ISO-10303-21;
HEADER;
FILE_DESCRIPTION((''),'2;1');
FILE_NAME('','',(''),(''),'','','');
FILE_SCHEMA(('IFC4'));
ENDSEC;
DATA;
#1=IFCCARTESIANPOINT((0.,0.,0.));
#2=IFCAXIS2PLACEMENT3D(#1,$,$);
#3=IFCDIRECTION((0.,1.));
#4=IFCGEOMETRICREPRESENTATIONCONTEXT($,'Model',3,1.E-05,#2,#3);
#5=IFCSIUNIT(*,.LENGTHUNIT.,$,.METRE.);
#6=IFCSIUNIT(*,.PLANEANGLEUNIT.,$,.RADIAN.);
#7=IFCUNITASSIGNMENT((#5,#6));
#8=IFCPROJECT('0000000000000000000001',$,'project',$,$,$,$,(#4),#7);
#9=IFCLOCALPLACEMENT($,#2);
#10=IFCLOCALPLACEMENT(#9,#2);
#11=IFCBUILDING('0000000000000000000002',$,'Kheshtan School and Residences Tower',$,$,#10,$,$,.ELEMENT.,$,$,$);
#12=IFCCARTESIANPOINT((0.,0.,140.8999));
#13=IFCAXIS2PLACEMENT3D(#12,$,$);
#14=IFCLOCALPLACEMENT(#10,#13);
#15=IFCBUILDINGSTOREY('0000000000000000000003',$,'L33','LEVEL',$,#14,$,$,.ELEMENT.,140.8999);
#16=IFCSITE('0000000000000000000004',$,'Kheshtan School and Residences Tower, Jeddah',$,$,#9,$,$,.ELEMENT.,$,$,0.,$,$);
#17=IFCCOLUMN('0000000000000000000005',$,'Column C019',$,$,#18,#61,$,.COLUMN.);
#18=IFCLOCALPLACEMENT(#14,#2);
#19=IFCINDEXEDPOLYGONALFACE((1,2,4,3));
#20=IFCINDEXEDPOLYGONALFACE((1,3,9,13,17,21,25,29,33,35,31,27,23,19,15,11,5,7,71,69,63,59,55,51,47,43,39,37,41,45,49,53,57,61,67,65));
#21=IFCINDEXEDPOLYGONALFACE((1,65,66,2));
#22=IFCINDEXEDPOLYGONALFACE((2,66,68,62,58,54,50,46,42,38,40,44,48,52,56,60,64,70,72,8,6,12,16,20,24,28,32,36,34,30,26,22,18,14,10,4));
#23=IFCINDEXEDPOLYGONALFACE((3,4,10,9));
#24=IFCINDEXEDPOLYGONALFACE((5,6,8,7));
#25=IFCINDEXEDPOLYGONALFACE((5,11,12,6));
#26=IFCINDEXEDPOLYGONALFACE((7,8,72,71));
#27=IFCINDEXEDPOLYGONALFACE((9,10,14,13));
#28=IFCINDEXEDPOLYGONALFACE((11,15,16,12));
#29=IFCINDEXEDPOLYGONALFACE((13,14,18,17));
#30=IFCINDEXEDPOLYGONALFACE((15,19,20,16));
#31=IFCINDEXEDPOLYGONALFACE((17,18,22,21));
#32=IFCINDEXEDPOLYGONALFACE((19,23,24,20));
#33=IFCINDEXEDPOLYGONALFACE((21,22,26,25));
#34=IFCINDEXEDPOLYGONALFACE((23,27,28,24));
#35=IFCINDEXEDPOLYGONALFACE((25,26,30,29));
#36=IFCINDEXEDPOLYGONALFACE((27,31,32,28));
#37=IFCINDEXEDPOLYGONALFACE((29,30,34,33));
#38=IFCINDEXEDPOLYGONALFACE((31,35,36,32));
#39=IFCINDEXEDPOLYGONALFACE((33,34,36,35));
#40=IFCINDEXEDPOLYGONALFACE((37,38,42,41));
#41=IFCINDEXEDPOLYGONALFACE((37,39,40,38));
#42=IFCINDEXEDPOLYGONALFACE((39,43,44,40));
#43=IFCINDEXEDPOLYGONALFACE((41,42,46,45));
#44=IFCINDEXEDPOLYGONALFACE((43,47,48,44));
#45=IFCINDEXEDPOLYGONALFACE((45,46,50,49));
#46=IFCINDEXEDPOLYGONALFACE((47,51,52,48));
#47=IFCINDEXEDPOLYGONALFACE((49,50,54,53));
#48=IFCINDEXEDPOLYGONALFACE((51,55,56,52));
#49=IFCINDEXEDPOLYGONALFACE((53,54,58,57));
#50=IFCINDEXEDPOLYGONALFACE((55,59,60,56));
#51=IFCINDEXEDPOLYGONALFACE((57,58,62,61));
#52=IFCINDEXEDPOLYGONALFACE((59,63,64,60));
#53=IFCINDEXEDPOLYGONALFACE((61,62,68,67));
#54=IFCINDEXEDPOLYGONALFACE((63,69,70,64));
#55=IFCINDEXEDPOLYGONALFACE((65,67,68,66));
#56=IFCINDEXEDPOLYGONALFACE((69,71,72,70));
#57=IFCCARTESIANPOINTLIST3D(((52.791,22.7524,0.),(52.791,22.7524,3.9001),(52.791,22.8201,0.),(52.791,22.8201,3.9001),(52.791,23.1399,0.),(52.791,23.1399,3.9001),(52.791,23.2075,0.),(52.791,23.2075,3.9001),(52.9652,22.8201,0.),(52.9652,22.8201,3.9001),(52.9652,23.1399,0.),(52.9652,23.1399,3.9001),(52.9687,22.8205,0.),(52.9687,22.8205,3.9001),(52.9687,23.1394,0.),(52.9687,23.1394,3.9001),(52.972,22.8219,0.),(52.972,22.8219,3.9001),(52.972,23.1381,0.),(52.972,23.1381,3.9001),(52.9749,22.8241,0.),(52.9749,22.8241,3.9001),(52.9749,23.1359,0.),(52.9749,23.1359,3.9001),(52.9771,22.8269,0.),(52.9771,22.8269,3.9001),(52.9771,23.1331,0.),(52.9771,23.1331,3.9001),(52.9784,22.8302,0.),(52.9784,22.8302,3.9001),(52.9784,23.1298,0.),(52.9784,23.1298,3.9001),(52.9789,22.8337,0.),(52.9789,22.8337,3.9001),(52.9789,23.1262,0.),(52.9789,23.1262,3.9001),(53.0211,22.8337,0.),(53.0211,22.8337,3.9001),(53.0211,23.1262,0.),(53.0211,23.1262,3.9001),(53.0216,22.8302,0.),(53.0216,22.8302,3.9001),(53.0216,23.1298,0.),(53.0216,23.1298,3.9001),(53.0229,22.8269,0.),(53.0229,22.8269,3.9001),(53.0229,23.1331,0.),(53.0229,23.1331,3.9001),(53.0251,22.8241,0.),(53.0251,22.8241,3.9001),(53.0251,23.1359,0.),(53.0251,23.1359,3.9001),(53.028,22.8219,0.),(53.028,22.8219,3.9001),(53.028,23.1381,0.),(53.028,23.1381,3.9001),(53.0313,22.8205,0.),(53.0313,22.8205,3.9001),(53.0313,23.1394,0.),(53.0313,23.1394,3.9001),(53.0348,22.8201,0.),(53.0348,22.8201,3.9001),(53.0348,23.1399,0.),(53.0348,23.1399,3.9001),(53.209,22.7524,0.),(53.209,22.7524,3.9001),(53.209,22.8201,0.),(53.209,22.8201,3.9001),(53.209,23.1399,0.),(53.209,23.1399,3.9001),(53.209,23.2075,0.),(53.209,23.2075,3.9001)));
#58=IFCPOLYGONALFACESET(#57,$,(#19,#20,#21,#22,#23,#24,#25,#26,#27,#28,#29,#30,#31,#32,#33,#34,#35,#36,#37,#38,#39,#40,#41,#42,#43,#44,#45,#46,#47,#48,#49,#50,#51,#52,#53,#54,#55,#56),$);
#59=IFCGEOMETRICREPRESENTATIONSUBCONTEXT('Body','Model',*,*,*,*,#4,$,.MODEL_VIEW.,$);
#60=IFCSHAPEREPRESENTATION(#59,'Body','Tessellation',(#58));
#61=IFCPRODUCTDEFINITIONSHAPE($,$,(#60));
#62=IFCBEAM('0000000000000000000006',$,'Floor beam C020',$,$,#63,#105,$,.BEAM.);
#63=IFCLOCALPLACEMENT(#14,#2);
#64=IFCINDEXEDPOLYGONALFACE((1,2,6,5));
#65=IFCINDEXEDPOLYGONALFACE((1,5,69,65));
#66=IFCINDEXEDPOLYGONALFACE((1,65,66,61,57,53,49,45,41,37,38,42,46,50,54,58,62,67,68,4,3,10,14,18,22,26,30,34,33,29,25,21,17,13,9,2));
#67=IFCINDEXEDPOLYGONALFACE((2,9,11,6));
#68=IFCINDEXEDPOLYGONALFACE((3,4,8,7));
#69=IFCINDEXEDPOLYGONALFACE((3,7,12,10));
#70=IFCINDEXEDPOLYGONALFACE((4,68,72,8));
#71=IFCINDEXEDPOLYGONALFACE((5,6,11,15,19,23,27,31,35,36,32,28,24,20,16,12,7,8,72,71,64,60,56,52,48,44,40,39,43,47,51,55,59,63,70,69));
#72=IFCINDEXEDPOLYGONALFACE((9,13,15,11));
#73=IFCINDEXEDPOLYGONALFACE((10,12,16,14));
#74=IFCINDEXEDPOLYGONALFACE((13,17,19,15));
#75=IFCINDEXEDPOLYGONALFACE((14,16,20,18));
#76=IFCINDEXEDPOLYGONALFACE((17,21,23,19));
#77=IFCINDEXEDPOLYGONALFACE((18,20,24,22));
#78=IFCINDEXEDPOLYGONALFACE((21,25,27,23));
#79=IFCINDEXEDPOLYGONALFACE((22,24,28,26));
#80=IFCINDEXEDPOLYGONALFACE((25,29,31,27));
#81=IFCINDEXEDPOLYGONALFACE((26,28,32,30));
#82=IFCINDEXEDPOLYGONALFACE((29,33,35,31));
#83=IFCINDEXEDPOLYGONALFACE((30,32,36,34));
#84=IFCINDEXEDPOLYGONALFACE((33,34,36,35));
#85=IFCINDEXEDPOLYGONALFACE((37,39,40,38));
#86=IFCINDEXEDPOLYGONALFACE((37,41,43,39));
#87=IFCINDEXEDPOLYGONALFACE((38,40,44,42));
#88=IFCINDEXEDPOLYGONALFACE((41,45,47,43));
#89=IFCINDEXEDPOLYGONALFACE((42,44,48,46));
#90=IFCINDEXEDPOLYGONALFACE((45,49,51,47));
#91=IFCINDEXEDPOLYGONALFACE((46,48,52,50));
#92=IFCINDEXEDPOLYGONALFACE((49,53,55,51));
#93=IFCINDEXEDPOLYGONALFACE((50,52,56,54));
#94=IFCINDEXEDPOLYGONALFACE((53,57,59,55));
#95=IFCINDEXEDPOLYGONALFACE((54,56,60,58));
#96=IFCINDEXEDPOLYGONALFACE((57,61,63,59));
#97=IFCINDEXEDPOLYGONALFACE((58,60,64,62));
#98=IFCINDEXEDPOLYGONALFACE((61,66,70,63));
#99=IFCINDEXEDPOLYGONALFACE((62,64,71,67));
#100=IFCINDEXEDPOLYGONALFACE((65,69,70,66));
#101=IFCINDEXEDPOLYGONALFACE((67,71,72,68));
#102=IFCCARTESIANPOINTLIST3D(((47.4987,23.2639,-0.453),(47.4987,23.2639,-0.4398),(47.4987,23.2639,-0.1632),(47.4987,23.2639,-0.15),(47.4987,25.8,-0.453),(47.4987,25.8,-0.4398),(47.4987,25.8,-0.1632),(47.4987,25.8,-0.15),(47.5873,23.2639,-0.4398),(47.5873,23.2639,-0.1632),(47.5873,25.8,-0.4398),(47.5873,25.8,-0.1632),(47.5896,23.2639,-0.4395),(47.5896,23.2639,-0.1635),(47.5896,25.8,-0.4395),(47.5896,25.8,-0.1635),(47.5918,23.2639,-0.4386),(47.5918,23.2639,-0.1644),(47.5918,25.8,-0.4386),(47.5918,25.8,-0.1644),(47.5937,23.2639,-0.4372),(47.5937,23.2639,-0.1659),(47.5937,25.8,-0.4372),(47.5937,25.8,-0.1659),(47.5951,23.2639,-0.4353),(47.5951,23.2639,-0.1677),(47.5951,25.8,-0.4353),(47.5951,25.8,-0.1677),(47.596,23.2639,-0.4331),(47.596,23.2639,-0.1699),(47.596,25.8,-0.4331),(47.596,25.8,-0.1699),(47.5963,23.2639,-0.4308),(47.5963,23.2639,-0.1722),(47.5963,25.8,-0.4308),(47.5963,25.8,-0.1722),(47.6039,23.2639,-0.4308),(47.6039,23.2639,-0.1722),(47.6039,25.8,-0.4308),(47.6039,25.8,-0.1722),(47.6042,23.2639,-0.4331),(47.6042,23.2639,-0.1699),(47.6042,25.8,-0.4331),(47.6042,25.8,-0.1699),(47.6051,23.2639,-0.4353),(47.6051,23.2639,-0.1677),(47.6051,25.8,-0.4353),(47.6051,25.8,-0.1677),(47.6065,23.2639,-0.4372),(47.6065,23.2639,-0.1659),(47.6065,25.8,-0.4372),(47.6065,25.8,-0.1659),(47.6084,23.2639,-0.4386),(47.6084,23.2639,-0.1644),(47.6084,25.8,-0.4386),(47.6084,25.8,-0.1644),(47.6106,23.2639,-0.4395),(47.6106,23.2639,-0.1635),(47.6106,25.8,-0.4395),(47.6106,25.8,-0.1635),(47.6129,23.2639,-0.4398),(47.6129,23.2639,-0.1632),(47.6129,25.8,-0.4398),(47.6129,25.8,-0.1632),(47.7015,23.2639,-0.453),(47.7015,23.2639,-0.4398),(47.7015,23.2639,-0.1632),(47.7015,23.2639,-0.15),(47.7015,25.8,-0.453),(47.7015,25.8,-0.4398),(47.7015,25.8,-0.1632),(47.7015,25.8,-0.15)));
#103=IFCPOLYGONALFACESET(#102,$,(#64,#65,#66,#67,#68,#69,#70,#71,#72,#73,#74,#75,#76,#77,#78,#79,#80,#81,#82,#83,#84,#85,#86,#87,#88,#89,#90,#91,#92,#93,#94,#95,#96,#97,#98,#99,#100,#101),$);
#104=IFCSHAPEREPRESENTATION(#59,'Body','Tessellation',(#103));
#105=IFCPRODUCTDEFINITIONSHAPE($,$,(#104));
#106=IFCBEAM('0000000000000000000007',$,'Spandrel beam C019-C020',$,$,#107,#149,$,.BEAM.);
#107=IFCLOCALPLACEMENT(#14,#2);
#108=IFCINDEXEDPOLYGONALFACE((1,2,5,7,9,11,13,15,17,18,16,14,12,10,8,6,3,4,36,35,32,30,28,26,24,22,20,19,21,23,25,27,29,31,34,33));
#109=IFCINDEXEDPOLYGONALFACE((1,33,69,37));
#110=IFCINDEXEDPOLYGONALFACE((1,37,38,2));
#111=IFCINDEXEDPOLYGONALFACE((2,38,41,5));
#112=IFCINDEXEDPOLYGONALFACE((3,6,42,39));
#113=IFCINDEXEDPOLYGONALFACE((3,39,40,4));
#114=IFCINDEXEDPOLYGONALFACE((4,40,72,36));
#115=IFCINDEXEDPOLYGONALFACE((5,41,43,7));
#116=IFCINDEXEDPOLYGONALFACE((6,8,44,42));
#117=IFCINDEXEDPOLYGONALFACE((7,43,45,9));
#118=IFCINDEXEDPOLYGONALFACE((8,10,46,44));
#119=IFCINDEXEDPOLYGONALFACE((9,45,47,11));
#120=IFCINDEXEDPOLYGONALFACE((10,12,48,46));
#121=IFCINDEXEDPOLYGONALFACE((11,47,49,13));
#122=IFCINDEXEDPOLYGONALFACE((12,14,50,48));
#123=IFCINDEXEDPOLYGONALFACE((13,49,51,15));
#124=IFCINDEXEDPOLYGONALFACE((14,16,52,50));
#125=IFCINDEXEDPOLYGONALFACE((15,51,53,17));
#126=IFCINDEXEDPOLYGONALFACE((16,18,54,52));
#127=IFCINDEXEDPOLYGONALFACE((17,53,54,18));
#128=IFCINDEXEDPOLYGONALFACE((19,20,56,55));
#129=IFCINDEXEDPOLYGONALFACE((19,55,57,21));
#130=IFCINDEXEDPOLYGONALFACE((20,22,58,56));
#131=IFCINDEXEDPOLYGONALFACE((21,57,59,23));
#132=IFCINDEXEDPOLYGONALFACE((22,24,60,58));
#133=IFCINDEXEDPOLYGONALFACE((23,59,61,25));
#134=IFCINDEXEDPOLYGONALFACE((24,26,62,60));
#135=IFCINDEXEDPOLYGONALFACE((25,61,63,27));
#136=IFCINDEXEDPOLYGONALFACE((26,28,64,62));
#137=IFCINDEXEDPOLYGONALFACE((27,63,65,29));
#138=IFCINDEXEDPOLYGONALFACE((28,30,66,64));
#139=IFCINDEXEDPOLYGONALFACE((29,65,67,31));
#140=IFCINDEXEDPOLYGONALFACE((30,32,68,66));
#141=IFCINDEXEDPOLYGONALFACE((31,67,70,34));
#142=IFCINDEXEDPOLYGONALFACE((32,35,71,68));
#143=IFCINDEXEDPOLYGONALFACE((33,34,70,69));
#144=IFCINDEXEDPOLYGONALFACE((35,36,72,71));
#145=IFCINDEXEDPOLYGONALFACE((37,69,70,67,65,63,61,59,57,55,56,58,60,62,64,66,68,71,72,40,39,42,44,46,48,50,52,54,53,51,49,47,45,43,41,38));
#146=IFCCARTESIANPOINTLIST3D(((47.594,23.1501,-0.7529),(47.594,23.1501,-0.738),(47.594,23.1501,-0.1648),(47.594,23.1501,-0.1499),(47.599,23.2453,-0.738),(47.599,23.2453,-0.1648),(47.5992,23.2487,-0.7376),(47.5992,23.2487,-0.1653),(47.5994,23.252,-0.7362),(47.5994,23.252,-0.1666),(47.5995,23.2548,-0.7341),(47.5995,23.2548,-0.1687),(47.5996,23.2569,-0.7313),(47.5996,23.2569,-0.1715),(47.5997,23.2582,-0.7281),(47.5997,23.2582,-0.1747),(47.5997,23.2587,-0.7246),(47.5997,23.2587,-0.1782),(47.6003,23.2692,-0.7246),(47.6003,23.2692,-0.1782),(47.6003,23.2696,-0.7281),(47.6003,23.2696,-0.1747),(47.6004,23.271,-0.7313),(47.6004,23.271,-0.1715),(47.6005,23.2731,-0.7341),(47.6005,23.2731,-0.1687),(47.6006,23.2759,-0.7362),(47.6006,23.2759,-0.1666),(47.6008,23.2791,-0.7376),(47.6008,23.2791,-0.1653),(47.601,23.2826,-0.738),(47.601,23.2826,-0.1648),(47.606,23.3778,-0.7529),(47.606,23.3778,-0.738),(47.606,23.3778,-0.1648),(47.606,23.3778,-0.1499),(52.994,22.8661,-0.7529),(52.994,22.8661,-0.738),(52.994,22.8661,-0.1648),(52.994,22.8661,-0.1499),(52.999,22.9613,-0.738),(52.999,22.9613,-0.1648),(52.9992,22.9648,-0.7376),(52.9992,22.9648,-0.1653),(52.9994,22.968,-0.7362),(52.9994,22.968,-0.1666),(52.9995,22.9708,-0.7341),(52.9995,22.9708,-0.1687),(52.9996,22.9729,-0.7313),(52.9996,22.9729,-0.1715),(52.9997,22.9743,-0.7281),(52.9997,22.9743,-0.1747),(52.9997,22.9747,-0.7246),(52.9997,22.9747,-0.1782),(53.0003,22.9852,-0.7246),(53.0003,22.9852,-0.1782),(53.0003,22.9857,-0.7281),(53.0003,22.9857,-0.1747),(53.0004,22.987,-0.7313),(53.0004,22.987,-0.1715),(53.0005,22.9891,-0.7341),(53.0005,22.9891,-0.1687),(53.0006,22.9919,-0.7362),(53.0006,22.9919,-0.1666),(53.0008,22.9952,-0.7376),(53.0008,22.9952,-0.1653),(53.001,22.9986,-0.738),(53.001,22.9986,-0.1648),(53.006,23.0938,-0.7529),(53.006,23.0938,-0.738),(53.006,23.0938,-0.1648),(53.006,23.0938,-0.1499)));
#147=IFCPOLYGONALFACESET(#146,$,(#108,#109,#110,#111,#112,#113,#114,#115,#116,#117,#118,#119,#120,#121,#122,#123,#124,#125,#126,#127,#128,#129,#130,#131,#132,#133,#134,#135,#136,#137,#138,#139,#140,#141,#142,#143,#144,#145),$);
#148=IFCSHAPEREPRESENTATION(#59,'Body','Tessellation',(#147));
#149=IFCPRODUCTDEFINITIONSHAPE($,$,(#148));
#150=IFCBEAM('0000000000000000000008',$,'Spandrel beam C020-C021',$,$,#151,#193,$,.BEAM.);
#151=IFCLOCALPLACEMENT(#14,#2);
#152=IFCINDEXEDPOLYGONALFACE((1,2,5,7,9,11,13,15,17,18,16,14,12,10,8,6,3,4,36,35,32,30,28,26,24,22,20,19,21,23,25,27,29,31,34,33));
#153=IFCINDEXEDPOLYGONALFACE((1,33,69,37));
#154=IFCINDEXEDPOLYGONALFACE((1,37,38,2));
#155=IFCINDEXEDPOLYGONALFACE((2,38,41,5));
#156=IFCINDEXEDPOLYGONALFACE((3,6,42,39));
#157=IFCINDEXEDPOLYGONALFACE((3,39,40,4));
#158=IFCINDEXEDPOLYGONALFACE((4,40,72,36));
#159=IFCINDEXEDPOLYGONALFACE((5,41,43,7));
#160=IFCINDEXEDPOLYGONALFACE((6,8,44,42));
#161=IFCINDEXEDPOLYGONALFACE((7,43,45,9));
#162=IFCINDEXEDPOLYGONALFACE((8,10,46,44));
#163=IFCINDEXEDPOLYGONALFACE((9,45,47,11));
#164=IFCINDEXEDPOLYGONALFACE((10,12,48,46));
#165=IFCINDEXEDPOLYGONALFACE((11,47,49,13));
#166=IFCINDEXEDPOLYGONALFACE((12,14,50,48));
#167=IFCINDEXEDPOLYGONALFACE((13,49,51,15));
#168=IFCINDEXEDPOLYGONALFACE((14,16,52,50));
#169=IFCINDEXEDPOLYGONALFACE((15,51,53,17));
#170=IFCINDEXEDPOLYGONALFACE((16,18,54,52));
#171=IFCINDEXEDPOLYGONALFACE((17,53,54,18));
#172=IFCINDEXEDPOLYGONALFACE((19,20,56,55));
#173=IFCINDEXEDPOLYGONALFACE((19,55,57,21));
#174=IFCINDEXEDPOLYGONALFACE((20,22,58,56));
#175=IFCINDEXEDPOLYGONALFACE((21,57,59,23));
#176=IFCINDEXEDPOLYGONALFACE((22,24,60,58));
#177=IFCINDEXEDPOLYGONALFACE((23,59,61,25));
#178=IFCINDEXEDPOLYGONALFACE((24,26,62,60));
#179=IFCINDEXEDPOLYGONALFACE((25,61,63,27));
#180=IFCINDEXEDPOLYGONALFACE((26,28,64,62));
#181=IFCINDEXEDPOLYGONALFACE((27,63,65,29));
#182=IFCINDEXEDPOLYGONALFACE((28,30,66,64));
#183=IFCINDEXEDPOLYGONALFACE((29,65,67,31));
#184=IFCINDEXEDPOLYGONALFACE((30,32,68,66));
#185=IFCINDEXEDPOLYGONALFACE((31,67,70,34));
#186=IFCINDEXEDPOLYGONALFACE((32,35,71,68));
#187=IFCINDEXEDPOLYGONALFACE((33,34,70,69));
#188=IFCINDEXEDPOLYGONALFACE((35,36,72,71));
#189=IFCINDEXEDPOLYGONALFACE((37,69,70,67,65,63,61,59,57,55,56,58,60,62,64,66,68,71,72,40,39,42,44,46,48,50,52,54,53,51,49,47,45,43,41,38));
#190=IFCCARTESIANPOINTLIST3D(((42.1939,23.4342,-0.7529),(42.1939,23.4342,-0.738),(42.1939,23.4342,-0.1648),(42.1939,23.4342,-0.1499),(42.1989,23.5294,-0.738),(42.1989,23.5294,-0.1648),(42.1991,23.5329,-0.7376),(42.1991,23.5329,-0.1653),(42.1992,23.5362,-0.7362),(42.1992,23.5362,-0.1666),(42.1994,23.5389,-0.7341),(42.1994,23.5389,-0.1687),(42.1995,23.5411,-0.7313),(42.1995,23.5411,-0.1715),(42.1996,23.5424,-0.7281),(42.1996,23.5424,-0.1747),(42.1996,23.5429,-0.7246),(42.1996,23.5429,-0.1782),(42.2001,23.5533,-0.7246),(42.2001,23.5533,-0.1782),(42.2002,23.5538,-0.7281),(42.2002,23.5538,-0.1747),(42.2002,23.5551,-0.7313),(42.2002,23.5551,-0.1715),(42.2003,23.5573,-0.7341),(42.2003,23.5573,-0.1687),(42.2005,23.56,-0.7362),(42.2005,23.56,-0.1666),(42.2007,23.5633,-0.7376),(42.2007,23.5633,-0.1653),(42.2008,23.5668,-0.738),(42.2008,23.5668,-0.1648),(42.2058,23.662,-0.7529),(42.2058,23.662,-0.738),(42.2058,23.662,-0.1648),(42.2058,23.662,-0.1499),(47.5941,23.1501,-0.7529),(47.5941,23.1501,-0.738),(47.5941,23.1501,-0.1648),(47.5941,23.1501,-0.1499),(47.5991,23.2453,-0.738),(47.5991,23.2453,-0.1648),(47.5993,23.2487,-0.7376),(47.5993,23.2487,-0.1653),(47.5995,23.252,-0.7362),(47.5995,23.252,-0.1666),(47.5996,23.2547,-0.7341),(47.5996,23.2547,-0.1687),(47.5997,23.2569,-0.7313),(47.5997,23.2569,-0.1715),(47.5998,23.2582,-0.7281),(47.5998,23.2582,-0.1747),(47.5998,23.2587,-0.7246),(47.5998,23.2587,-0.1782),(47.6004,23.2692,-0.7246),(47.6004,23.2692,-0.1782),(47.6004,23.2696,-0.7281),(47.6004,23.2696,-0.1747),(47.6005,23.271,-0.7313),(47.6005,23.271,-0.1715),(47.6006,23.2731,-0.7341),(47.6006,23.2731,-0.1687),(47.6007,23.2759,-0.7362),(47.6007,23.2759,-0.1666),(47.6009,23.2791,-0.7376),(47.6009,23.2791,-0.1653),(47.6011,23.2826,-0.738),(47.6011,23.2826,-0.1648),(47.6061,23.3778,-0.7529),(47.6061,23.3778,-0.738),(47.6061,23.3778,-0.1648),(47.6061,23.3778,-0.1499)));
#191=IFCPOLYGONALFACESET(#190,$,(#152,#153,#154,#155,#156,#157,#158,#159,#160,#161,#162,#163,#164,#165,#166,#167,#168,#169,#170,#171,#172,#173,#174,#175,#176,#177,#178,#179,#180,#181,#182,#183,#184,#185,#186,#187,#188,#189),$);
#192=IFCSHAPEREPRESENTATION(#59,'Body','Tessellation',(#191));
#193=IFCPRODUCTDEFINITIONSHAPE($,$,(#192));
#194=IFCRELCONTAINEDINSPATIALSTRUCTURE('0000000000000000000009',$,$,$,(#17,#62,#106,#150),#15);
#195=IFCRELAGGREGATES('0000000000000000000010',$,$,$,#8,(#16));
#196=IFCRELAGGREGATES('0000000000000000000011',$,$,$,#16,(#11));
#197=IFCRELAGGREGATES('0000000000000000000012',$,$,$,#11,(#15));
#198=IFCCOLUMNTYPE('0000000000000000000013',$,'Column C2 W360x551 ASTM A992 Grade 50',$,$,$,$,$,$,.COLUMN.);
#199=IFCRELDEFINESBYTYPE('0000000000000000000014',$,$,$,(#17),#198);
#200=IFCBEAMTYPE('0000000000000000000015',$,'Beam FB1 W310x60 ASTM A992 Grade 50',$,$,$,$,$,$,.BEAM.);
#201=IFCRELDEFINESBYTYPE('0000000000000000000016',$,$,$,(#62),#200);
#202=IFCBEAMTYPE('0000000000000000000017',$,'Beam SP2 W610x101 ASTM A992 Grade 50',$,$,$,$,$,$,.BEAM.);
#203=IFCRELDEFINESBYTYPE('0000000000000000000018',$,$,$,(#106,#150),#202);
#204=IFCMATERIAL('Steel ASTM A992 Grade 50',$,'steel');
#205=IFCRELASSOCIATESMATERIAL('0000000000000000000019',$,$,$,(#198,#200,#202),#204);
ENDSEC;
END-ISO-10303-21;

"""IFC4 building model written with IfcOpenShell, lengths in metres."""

from ifc_helpers import new_model, si_unit, direction, frame, origin, origin_2d, place, context, subcontext, project, spatial, i_section, extrude, material, material_profile, profile_set, type_object, element, save


model = new_model("IFC4")

# Units and contexts
model_context = context("Model", 3, precision=1e-05, world=origin(), true_north=direction((0.0, 1.0)))
body_context = subcontext(model_context, "Body", "Model", "MODEL_VIEW")
ifc_project = project(units=[si_unit("LENGTHUNIT", "METRE"), si_unit("PLANEANGLEUNIT", "RADIAN")], contexts=[model_context])

# Site, building, storey
site_placement = place(None, origin())
site = spatial("IfcSite", under=ifc_project, at=site_placement, Name="Kheshtan School and Residences Tower, Jeddah", CompositionType="ELEMENT", RefElevation=0.0)
building_placement = place(site_placement, origin())
building = spatial("IfcBuilding", under=site, at=building_placement, Name="Kheshtan School and Residences Tower", CompositionType="ELEMENT")
storey_placement = place(building_placement, frame((0.0, 0.0, 140.8999)))
storey = spatial("IfcBuildingStorey", under=building, at=storey_placement, Name="L33", Description="LEVEL", CompositionType="ELEMENT", Elevation=140.8999)

# Column
ifc_material_1 = material(Name="Steel ASTM A992 Grade 50", Category="steel")
ifc_material_profile_1 = material_profile(ifc_material_1, i_section(OverallWidth=0.418, OverallDepth=0.4551, WebThickness=0.0422, FlangeThickness=0.0676, FilletRadius=0.0137, at=origin_2d()), Name="W360x551")
ifc_profile_set_1 = profile_set([ifc_material_profile_1], Name="Steel ASTM A992 Grade 50")
column_type = type_object("IfcColumnType", Name="Column C2 W360x551 ASTM A992 Grade 50", PredefinedType="COLUMN", material=ifc_profile_set_1)
column_placement = place(storey_placement, frame((53.0, 22.98, 0.0), z_axis=(0.0, 0.0, 1.0), x_axis=(1.0, 0.0, 0.0)))
element("IfcColumn", 1, at=column_placement, inside=storey, type_object=column_type, Name="Column C019", PredefinedType="COLUMN", context=body_context, shape_type="SweptSolid", body=[
    extrude(i_section(OverallWidth=0.418, OverallDepth=0.4551, WebThickness=0.0422, FlangeThickness=0.0676, FilletRadius=0.0137, at=origin_2d()), origin(), (0.0, 0.0, 1.0), 3.9001),
])

# Beams
ifc_material_profile_2 = material_profile(ifc_material_1, i_section(OverallWidth=0.2029, OverallDepth=0.303, WebThickness=0.0076, FlangeThickness=0.0132, FilletRadius=0.009, at=origin_2d()), Name="W310x60")
ifc_profile_set_2 = profile_set([ifc_material_profile_2], Name="Steel ASTM A992 Grade 50")
beam_type_1 = type_object("IfcBeamType", Name="Beam FB1 W310x60 ASTM A992 Grade 50", PredefinedType="BEAM", material=ifc_profile_set_2)
beam_1_placement = place(storey_placement, frame((47.6001, 23.2639, -0.3015), z_axis=(0.0, 1.0, 0.0), x_axis=(-1.0, 0.0, 0.0)))
element("IfcBeam", 2, at=beam_1_placement, inside=storey, type_object=beam_type_1, Name="Floor beam C020", PredefinedType="BEAM", context=body_context, shape_type="SweptSolid", body=[
    extrude(i_section(OverallWidth=0.2029, OverallDepth=0.303, WebThickness=0.0076, FlangeThickness=0.0132, FilletRadius=0.009, at=origin_2d()), origin(), (0.0, 0.0, 1.0), 2.5361),
])
ifc_material_profile_3 = material_profile(ifc_material_1, i_section(OverallWidth=0.228, OverallDepth=0.603, WebThickness=0.0105, FlangeThickness=0.0149, FilletRadius=0.0134, at=origin_2d()), Name="W610x101")
ifc_profile_set_3 = profile_set([ifc_material_profile_3], Name="Steel ASTM A992 Grade 50")
beam_type_2 = type_object("IfcBeamType", Name="Beam SP2 W610x101 ASTM A992 Grade 50", PredefinedType="BEAM", material=ifc_profile_set_3)
beam_2_placement = place(storey_placement, frame((53.0, 22.98, -0.4514), z_axis=(-0.99862, 0.052509, 0.0), x_axis=(-0.052509, -0.99862, 0.0)))
element("IfcBeam", 3, at=beam_2_placement, inside=storey, type_object=beam_type_2, Name="Spandrel beam C019-C020", PredefinedType="BEAM", context=body_context, shape_type="SweptSolid", body=[
    extrude(i_section(OverallWidth=0.228, OverallDepth=0.603, WebThickness=0.0105, FlangeThickness=0.0149, FilletRadius=0.0134, at=origin_2d()), origin(), (0.0, 0.0, 1.0), 5.4075),
])
beam_3_placement = place(storey_placement, frame((47.6001, 23.2639, -0.4514), z_axis=(-0.998618, 0.052552, 0.0), x_axis=(-0.052552, -0.998618, 0.0)))
element("IfcBeam", 4, at=beam_3_placement, inside=storey, type_object=beam_type_2, Name="Spandrel beam C020-C021", PredefinedType="BEAM", context=body_context, shape_type="SweptSolid", body=[
    extrude(i_section(OverallWidth=0.228, OverallDepth=0.603, WebThickness=0.0105, FlangeThickness=0.0149, FilletRadius=0.0134, at=origin_2d()), origin(), (0.0, 0.0, 1.0), 5.4077),
])

save(model, "model.ifc")
